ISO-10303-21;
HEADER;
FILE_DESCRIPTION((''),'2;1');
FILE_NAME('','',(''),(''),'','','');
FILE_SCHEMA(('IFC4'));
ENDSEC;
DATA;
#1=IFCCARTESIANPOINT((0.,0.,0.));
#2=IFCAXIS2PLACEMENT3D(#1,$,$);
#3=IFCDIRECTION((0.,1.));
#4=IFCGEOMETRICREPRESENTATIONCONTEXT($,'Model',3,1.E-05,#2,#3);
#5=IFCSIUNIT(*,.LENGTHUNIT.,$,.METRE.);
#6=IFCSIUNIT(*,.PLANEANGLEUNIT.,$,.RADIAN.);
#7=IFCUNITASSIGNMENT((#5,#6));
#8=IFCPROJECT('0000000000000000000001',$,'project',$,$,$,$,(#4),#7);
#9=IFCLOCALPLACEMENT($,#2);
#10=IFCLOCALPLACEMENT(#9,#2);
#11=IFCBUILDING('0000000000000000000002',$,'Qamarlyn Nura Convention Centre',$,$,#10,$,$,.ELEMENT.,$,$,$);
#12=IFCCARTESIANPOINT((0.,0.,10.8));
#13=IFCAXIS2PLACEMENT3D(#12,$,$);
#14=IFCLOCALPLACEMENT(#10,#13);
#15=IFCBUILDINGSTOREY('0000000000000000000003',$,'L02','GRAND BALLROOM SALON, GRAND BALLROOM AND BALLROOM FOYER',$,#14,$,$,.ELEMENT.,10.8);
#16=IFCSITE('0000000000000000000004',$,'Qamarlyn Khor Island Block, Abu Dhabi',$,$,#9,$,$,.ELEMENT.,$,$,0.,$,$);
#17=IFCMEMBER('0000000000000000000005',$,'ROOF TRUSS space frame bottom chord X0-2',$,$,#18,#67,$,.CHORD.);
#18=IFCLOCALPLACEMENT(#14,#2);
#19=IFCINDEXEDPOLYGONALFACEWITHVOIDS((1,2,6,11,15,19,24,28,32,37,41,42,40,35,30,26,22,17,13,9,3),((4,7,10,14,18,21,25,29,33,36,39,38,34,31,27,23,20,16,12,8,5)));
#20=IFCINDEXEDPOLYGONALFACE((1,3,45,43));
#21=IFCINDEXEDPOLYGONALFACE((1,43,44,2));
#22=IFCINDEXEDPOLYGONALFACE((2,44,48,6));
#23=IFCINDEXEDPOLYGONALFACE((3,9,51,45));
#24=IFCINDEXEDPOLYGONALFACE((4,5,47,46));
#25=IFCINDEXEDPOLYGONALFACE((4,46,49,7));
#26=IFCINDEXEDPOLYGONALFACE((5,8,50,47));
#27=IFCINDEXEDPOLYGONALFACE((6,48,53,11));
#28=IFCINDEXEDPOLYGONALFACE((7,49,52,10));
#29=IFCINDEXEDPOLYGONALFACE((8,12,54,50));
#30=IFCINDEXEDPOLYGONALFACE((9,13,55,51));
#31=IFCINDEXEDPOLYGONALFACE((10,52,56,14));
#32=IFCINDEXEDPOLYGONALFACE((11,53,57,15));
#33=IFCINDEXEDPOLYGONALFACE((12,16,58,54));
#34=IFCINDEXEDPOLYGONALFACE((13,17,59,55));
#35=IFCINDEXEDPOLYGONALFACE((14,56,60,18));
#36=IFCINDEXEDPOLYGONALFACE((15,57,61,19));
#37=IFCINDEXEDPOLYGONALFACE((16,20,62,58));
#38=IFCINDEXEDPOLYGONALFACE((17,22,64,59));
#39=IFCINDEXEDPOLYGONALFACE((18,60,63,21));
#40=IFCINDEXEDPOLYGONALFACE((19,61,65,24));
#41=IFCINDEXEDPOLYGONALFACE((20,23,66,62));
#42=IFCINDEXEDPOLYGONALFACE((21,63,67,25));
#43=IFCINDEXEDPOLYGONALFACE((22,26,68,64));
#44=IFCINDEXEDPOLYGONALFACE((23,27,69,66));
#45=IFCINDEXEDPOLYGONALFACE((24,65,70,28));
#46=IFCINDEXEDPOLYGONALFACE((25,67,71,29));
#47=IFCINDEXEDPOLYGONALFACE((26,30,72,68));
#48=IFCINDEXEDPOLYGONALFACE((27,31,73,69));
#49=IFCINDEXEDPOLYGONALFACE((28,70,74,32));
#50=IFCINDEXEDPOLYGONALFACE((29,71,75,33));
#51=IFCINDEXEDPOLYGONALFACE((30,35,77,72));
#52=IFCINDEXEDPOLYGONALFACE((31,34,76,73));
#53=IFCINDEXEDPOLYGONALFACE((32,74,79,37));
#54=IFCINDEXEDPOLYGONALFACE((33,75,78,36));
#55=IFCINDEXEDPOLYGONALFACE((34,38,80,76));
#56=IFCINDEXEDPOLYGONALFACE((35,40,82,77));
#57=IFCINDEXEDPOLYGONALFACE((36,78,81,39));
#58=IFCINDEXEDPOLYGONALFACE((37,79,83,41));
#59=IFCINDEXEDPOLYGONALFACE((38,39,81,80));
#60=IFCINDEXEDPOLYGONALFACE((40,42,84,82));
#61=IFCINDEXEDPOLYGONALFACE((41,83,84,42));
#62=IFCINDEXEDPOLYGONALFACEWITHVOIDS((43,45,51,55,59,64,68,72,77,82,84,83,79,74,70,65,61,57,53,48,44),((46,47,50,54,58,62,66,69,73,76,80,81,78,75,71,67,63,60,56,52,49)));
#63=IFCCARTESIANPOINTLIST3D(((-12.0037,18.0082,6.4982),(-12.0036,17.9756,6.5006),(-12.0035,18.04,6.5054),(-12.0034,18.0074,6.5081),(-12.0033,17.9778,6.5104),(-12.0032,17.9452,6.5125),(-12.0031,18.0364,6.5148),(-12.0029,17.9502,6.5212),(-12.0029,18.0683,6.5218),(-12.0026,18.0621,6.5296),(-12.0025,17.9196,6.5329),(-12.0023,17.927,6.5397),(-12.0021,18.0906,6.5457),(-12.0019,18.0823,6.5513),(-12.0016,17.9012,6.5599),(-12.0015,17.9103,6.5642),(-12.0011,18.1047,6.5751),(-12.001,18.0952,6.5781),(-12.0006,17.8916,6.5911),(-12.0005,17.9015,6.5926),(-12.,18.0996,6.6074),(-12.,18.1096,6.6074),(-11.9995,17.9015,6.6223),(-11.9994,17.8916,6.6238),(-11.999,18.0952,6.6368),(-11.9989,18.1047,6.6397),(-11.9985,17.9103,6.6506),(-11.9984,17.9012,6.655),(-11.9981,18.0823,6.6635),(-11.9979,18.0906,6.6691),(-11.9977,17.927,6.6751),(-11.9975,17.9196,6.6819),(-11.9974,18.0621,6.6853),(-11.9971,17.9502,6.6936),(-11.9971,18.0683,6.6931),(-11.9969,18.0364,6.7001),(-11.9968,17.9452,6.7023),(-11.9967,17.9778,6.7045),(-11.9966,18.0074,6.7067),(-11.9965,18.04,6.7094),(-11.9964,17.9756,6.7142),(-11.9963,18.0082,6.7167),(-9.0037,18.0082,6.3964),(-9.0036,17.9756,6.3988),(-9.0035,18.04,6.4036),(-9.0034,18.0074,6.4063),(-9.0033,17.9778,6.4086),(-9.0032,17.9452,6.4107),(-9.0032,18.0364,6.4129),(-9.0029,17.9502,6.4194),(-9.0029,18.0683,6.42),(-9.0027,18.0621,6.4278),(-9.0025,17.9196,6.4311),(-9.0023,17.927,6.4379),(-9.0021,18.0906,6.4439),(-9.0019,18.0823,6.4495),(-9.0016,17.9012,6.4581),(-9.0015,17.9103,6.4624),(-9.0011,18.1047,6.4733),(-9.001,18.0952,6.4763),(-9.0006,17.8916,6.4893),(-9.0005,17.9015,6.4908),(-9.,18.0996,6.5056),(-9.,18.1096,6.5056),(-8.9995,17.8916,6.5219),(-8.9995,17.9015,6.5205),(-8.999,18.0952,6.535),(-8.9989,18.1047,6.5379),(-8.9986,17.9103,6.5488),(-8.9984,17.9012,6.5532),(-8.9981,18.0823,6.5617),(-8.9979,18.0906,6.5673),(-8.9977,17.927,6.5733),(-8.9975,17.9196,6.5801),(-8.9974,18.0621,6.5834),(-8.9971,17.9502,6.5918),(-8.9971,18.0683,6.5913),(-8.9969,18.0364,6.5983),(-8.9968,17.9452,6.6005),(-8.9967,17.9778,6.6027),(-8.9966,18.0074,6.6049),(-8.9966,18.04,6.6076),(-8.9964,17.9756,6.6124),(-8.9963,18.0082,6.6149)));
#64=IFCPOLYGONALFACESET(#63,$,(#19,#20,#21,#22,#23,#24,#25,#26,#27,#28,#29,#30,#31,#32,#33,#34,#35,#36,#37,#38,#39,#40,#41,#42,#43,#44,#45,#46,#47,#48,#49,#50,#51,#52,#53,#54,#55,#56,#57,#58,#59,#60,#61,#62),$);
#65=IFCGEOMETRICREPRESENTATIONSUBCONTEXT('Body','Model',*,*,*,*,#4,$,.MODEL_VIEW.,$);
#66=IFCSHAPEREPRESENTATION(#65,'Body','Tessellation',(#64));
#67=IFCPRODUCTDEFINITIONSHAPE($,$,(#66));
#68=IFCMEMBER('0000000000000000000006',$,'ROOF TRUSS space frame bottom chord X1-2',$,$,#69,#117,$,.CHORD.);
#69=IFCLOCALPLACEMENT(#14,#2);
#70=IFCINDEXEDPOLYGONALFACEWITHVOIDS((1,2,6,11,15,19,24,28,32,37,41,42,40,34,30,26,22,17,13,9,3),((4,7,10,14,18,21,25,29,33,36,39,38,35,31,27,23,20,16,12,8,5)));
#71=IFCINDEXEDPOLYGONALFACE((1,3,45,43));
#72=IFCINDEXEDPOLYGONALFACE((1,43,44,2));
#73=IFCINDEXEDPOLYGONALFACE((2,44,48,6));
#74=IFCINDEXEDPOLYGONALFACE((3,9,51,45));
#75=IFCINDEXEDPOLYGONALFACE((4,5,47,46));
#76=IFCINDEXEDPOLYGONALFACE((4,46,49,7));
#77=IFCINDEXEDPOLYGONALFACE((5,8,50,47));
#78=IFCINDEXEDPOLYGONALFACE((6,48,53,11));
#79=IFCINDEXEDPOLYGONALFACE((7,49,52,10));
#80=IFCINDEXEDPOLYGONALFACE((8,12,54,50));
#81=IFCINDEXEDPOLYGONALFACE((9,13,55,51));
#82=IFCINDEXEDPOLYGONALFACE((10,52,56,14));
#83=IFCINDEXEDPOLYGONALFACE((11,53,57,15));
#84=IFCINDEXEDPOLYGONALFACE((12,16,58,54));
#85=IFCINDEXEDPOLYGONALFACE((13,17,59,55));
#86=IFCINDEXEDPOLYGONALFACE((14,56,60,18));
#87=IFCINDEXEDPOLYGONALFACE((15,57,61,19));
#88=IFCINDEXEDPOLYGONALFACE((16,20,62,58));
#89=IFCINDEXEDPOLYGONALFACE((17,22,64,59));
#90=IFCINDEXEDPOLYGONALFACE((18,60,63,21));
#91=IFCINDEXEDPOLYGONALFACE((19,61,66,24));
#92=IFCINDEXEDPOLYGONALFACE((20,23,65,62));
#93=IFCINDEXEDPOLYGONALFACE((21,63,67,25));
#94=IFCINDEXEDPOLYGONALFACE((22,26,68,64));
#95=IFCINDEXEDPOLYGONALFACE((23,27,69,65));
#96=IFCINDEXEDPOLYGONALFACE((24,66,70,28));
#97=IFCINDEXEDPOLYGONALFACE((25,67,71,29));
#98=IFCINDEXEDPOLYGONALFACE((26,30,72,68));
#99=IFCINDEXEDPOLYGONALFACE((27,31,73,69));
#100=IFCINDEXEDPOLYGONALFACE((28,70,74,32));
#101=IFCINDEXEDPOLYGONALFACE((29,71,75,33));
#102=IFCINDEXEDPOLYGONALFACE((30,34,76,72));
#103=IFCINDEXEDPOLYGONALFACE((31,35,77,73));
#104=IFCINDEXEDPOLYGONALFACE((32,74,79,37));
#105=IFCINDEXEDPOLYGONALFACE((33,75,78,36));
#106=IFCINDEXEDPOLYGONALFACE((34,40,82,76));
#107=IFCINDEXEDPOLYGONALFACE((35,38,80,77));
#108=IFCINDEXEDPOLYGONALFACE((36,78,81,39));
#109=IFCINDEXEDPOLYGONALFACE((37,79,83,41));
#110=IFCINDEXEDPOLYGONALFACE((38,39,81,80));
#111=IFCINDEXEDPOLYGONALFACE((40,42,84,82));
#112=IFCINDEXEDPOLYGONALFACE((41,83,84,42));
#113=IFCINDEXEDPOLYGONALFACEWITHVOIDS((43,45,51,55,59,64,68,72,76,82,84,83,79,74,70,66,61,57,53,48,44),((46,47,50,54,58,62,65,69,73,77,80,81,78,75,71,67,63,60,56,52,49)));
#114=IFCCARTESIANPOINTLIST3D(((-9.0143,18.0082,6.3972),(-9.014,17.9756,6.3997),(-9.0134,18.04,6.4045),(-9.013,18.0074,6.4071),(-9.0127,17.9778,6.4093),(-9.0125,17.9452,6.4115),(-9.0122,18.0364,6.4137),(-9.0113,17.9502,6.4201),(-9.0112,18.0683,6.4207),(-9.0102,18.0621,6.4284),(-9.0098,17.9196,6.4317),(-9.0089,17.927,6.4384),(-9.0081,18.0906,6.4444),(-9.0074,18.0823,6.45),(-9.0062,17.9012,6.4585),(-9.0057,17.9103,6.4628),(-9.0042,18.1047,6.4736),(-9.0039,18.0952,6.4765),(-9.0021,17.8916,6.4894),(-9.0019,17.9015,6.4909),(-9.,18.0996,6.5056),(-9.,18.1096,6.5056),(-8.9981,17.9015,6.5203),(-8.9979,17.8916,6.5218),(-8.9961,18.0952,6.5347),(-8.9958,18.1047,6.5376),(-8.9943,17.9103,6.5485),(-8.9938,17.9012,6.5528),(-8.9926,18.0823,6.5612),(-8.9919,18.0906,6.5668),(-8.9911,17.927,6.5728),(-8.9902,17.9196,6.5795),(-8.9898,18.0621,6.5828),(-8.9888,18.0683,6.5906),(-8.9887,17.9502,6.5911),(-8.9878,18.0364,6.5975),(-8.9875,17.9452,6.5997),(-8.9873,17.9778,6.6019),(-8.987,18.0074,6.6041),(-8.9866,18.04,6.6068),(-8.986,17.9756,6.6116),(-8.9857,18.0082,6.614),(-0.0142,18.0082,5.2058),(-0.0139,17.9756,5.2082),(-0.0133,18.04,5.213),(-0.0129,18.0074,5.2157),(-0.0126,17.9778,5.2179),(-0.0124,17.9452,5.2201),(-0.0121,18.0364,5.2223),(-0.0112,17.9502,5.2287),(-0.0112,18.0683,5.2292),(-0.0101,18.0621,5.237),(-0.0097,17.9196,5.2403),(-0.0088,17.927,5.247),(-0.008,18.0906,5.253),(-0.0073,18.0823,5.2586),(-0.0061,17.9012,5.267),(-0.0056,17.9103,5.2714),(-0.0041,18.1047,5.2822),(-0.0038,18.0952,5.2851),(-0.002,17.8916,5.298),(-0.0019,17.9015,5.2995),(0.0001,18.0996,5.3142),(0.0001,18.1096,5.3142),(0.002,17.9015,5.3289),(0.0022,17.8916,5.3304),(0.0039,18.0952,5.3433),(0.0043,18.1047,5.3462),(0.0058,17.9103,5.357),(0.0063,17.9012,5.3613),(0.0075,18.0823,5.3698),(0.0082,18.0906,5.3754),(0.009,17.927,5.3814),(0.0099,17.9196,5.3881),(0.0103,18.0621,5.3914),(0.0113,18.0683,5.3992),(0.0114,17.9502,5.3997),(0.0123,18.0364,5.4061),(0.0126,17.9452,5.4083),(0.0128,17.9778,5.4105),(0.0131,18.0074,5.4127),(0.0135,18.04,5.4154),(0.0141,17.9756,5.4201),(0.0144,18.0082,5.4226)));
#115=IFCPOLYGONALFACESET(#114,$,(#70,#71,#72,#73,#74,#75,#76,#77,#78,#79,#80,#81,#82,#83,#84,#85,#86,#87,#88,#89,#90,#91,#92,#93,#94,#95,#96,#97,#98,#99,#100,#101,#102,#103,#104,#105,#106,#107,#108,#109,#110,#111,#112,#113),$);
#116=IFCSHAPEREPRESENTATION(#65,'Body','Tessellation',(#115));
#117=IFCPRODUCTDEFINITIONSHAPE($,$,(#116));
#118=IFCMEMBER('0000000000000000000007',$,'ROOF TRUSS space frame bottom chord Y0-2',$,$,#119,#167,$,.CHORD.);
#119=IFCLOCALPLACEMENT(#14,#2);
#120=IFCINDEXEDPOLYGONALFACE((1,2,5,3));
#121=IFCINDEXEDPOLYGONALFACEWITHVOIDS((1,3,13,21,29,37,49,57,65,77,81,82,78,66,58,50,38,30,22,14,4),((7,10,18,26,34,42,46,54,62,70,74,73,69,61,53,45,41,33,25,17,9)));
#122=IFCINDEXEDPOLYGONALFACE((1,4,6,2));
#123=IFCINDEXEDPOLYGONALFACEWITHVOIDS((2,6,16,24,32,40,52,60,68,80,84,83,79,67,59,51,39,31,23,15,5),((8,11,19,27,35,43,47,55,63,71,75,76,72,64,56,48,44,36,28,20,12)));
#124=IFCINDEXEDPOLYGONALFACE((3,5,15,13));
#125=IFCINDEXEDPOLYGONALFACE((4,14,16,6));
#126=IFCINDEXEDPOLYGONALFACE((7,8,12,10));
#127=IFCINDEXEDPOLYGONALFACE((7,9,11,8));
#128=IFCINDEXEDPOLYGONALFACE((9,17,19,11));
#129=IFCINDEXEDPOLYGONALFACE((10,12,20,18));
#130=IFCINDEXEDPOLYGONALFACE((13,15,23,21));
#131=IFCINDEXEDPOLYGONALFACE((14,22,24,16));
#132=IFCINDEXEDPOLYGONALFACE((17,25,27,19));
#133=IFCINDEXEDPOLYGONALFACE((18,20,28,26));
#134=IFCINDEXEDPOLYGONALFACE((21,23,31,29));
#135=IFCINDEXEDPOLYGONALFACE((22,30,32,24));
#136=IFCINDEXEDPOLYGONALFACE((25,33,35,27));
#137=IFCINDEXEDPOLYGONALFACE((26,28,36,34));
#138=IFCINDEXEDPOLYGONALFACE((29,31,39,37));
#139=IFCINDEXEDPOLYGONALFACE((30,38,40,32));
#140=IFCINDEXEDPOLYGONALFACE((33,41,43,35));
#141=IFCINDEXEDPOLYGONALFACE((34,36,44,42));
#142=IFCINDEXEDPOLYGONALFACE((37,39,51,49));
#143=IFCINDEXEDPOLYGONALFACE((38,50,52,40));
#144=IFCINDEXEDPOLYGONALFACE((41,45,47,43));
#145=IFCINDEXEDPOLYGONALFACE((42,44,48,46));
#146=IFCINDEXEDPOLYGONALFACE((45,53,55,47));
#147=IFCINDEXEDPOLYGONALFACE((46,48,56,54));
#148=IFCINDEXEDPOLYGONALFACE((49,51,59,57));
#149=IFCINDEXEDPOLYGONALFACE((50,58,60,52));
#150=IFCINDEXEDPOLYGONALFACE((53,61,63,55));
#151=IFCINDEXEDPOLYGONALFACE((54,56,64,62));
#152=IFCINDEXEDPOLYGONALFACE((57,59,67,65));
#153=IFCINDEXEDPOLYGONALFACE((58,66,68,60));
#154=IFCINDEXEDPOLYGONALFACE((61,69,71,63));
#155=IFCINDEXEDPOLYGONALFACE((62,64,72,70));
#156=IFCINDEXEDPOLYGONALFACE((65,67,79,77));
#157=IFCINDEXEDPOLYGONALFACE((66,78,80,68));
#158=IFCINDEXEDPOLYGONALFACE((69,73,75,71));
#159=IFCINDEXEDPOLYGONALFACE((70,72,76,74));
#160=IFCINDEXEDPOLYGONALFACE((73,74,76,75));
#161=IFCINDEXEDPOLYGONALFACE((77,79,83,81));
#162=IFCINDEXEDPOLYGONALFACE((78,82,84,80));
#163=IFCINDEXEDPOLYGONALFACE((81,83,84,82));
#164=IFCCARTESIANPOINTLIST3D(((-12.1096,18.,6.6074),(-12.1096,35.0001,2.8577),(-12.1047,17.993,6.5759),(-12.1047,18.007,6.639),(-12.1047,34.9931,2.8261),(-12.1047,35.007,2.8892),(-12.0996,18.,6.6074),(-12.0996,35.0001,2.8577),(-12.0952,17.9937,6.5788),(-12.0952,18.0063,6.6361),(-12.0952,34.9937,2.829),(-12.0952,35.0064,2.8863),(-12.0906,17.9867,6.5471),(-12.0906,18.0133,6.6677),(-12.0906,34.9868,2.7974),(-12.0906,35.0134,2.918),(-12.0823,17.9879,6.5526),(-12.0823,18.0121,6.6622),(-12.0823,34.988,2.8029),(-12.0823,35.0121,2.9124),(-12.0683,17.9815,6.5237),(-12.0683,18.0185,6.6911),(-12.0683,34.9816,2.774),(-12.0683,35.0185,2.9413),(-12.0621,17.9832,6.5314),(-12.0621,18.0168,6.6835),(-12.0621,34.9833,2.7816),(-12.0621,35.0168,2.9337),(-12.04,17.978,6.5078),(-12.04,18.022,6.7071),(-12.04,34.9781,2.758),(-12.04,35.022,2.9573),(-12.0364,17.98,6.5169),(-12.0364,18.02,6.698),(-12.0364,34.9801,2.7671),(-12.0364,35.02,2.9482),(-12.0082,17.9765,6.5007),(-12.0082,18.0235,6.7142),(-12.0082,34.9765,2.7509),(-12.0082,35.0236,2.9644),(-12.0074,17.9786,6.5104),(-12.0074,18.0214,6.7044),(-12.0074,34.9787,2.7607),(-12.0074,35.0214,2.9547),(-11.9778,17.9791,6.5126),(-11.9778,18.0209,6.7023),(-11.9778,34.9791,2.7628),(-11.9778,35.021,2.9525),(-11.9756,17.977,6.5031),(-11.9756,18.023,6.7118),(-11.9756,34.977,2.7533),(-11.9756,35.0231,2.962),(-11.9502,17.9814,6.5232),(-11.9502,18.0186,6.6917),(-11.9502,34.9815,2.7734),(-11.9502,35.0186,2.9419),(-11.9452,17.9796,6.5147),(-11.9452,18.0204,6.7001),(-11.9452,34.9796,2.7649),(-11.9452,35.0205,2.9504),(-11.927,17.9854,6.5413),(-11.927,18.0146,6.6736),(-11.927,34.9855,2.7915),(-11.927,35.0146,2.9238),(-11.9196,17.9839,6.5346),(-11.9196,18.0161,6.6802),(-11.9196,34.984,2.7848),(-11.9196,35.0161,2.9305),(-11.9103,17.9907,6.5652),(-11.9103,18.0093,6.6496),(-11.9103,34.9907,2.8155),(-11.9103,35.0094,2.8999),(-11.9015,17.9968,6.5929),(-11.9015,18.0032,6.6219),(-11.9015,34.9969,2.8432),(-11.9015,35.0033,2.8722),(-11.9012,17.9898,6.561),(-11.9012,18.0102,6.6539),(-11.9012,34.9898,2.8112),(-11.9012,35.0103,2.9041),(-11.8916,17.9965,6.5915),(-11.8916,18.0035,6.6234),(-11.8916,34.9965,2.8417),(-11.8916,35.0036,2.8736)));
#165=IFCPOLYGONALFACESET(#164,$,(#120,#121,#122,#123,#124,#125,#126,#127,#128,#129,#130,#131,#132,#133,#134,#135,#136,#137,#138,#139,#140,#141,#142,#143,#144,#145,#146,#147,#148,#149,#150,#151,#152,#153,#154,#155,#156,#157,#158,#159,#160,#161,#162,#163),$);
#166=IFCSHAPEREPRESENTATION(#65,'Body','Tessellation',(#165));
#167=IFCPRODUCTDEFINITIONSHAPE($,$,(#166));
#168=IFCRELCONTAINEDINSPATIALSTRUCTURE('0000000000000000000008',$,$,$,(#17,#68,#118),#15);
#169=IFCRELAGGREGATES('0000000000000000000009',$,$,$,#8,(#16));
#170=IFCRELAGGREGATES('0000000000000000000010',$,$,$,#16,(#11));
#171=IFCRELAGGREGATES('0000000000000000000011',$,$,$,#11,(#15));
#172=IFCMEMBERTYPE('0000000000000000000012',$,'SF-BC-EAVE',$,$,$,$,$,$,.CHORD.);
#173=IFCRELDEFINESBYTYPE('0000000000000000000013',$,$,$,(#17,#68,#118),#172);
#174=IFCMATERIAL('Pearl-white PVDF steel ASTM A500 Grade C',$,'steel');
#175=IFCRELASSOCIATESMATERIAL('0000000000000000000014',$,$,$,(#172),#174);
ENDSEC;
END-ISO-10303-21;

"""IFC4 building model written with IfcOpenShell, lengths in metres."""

from ifc_helpers import new_model, si_unit, direction, frame, origin, origin_2d, place, context, subcontext, project, spatial, hollow_circle, extrude, material, material_profile, profile_set, type_object, element, save


model = new_model("IFC4")

# Units and contexts
model_context = context("Model", 3, precision=1e-05, world=origin(), true_north=direction((0.0, 1.0)))
body_context = subcontext(model_context, "Body", "Model", "MODEL_VIEW")
ifc_project = project(units=[si_unit("LENGTHUNIT", "METRE"), si_unit("PLANEANGLEUNIT", "RADIAN")], contexts=[model_context])

# Site, building, storey
site_placement = place(None, origin())
site = spatial("IfcSite", under=ifc_project, at=site_placement, Name="Qamarlyn Khor Island Block, Abu Dhabi", CompositionType="ELEMENT", RefElevation=0.0)
building_placement = place(site_placement, origin())
building = spatial("IfcBuilding", under=site, at=building_placement, Name="Qamarlyn Nura Convention Centre", CompositionType="ELEMENT")
storey_placement = place(building_placement, frame((0.0, 0.0, 10.8)))
storey = spatial("IfcBuildingStorey", under=building, at=storey_placement, Name="L02", Description="GRAND BALLROOM SALON, GRAND BALLROOM AND BALLROOM FOYER", CompositionType="ELEMENT", Elevation=10.8)

# Members
ifc_material_1 = material(Name="Pearl-white PVDF steel ASTM A500 Grade C", Category="steel")
ifc_material_profile_1 = material_profile(ifc_material_1, hollow_circle(Radius=0.1096, WallThickness=0.01, at=origin_2d()), Name="CHS219.1X10")
ifc_profile_set_1 = profile_set([ifc_material_profile_1], Name="Pearl-white PVDF steel ASTM A500 Grade C")
member_type_1 = type_object("IfcMemberType", Name="SF-BC-EAVE", PredefinedType="CHORD", material=ifc_profile_set_1)
member_1_placement = place(storey_placement, frame((-12.0, 18.0, 6.6074), z_axis=(0.999425, 0.0, -0.033916), x_axis=(0.0, 1.0, 0.0)))
element("IfcMember", 1, at=member_1_placement, inside=storey, type_object=member_type_1, Name="ROOF TRUSS space frame bottom chord X0-2", PredefinedType="CHORD", context=body_context, shape_type="SweptSolid", body=[
    extrude(hollow_circle(Radius=0.1096, WallThickness=0.01, at=origin_2d()), origin(), (0.0, 0.0, 1.0), 3.0017),
])
member_2_placement = place(storey_placement, frame((-9.0, 18.0, 6.5056), z_axis=(0.991351, 0.0, -0.131234), x_axis=(0.0, 1.0, 0.0)))
element("IfcMember", 2, at=member_2_placement, inside=storey, type_object=member_type_1, Name="ROOF TRUSS space frame bottom chord X1-2", PredefinedType="CHORD", context=body_context, shape_type="SweptSolid", body=[
    extrude(hollow_circle(Radius=0.1096, WallThickness=0.01, at=origin_2d()), origin(), (0.0, 0.0, 1.0), 9.0786),
])
member_3_placement = place(storey_placement, frame((-12.0, 18.0, 6.6074), z_axis=(0.0, 0.976527, -0.215396), x_axis=(-1.0, 0.0, 0.0)))
element("IfcMember", 3, at=member_3_placement, inside=storey, type_object=member_type_1, Name="ROOF TRUSS space frame bottom chord Y0-2", PredefinedType="CHORD", context=body_context, shape_type="SweptSolid", body=[
    extrude(hollow_circle(Radius=0.1096, WallThickness=0.01, at=origin_2d()), origin(), (0.0, 0.0, 1.0), 17.4087),
])

save(model, "model.ifc")
